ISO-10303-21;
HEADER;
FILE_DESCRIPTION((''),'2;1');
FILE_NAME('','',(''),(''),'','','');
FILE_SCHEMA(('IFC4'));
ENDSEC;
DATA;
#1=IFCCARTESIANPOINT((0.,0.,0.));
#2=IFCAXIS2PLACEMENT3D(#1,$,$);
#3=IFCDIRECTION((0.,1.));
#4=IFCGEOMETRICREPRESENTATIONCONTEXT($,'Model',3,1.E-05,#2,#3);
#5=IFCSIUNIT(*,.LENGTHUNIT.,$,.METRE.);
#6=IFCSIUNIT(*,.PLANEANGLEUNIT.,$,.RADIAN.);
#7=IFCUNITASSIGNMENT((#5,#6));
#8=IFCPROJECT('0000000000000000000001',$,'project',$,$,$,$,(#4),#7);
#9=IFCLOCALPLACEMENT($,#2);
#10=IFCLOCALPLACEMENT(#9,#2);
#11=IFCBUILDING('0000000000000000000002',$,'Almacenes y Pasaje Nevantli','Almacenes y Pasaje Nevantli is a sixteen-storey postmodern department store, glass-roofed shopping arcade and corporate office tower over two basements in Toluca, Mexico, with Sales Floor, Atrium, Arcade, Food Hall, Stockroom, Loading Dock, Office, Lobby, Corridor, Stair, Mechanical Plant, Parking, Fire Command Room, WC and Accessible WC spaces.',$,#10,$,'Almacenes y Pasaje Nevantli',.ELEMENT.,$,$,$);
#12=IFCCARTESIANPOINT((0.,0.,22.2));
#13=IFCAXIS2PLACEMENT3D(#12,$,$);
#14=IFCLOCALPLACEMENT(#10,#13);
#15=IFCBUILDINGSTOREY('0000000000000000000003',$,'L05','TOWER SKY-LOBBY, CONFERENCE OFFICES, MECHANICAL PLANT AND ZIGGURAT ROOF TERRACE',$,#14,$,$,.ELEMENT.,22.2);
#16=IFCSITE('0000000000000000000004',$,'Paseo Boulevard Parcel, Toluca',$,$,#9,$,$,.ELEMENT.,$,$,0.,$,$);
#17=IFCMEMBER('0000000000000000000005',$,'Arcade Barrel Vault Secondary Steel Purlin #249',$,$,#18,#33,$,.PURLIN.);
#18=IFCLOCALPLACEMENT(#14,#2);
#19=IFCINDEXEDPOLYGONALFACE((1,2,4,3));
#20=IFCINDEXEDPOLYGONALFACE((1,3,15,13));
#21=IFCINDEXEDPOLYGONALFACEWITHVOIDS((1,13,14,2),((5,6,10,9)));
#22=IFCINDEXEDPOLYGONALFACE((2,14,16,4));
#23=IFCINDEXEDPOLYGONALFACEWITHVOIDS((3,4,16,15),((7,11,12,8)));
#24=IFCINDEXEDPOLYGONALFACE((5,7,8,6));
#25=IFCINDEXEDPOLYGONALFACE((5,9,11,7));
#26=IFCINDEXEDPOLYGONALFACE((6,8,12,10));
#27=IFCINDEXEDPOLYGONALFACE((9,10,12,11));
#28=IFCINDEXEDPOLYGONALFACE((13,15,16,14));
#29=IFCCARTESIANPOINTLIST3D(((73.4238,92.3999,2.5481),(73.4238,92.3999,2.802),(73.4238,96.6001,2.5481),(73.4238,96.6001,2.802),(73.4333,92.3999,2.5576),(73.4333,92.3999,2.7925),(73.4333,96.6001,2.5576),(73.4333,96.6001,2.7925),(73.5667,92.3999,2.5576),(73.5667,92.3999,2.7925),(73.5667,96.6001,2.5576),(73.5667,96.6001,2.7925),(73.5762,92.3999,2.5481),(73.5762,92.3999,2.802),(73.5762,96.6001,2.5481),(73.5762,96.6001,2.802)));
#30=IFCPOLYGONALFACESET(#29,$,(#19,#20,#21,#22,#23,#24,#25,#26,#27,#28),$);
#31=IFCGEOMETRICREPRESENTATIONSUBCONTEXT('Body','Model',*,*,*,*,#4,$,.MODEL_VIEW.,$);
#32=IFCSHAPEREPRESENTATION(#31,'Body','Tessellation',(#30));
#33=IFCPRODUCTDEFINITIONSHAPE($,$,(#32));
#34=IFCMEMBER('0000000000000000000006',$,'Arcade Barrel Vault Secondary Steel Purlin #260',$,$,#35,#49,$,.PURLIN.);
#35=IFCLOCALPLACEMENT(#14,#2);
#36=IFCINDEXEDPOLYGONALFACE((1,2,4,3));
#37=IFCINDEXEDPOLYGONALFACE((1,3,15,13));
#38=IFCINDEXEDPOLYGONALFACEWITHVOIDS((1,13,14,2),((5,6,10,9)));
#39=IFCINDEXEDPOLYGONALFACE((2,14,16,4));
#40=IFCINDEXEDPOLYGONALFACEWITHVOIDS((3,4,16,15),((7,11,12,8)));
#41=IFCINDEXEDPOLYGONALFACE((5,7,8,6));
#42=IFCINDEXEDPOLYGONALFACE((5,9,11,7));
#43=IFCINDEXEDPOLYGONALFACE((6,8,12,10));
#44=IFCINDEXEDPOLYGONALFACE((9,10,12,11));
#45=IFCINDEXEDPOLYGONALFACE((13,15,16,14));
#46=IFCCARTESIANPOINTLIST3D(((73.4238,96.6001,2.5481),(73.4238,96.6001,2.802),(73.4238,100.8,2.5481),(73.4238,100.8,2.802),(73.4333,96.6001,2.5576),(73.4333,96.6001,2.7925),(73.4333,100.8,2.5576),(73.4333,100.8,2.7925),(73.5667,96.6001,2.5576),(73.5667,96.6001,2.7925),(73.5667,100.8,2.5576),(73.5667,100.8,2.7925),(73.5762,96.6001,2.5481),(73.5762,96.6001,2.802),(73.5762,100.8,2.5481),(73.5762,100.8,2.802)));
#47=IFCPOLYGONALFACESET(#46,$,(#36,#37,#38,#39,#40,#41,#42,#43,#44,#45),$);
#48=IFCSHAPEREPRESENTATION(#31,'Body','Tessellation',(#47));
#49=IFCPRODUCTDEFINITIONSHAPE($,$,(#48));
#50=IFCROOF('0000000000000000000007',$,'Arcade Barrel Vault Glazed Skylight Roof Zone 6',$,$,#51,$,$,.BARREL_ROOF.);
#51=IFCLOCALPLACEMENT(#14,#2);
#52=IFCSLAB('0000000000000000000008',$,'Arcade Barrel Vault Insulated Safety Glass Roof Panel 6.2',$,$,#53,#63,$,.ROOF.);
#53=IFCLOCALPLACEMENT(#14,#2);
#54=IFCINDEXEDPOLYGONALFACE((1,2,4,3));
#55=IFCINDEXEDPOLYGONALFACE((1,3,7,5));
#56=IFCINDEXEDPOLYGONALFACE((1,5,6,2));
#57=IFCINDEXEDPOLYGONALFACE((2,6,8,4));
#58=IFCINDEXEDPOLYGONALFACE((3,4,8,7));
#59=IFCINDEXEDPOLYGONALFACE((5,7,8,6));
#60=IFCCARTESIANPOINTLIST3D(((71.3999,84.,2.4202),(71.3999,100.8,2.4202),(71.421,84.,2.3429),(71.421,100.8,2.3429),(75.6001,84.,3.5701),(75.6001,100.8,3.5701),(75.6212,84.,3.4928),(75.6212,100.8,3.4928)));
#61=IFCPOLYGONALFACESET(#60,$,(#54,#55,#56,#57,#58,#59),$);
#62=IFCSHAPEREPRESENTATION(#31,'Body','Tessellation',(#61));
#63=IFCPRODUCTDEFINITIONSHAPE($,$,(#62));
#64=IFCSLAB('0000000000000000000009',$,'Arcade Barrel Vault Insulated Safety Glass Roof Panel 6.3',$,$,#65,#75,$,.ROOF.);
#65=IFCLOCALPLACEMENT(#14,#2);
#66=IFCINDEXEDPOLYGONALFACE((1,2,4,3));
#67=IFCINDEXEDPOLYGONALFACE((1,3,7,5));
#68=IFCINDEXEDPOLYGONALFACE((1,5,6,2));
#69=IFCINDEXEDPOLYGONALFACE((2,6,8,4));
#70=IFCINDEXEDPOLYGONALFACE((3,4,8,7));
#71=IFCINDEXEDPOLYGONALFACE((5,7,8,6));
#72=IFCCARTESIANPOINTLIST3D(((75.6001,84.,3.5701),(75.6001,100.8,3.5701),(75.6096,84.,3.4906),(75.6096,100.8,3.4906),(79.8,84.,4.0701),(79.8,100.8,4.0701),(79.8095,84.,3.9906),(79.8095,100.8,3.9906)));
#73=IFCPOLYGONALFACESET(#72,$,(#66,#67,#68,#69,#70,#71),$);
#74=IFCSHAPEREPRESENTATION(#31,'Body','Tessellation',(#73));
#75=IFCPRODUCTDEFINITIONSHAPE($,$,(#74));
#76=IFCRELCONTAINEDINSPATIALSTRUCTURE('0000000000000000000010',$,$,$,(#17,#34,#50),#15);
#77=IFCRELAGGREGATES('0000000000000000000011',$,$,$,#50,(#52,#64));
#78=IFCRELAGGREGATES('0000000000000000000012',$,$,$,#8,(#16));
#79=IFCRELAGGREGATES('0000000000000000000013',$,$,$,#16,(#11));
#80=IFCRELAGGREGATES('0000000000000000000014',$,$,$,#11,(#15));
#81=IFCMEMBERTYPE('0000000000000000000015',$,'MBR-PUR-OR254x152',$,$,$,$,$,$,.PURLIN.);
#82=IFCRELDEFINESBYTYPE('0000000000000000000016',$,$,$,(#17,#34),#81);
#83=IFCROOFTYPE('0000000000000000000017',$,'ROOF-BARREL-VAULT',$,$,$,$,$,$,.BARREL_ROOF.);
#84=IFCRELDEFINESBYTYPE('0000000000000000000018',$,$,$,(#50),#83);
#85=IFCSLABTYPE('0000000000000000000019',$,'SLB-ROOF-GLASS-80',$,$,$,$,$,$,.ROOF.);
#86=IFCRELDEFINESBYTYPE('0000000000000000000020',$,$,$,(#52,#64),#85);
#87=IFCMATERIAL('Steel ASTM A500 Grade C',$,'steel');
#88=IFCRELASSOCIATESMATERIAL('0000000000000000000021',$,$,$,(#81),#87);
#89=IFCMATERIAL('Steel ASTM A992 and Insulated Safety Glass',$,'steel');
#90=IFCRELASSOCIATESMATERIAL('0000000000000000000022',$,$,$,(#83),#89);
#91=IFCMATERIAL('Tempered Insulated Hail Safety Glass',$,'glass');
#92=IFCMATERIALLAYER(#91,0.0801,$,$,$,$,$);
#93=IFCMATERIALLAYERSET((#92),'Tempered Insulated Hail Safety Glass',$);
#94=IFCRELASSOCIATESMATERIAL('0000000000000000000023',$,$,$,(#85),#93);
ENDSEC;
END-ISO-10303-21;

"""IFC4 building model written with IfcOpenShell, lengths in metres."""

from ifc_helpers import new_model, si_unit, direction, frame, origin, origin_2d, place, context, subcontext, project, spatial, polyline, hollow_rectangle, outline, extrude, material, layer, layer_set, material_profile, profile_set, type_object, element, aggregate, save


model = new_model("IFC4")

# Units and contexts
model_context = context("Model", 3, precision=1e-05, world=origin(), true_north=direction((0.0, 1.0)))
body_context = subcontext(model_context, "Body", "Model", "MODEL_VIEW")
ifc_project = project(units=[si_unit("LENGTHUNIT", "METRE"), si_unit("PLANEANGLEUNIT", "RADIAN")], contexts=[model_context])

# Site, building, storey
site_placement = place(None, origin())
site = spatial("IfcSite", under=ifc_project, at=site_placement, Name="Paseo Boulevard Parcel, Toluca", CompositionType="ELEMENT", RefElevation=0.0)
building_placement = place(site_placement, origin())
building = spatial("IfcBuilding", under=site, at=building_placement, Name="Almacenes y Pasaje Nevantli", Description="Almacenes y Pasaje Nevantli is a sixteen-storey postmodern department store, glass-roofed shopping arcade and corporate office tower over two basements in Toluca, Mexico, with Sales Floor, Atrium, Arcade, Food Hall, Stockroom, Loading Dock, Office, Lobby, Corridor, Stair, Mechanical Plant, Parking, Fire Command Room, WC and Accessible WC spaces.", LongName="Almacenes y Pasaje Nevantli", CompositionType="ELEMENT")
storey_placement = place(building_placement, frame((0.0, 0.0, 22.2)))
storey = spatial("IfcBuildingStorey", under=building, at=storey_placement, Name="L05", Description="TOWER SKY-LOBBY, CONFERENCE OFFICES, MECHANICAL PLANT AND ZIGGURAT ROOF TERRACE", CompositionType="ELEMENT", Elevation=22.2)

# Members
ifc_material_1 = material(Name="Steel ASTM A500 Grade C", Category="steel")
ifc_material_profile_1 = material_profile(ifc_material_1, hollow_rectangle(XDim=0.1523, YDim=0.2539, WallThickness=0.0095, at=origin_2d()), Name="OR 254x152x9.5")
ifc_profile_set_1 = profile_set([ifc_material_profile_1], Name="Steel ASTM A500 Grade C")
member_type_1 = type_object("IfcMemberType", Name="MBR-PUR-OR254x152", PredefinedType="PURLIN", material=ifc_profile_set_1)
member_1_placement = place(storey_placement, frame((73.5, 92.3999, 2.675), z_axis=(0.0, 1.0, 0.0), x_axis=(-1.0, 0.0, 0.0)))
element("IfcMember", 1, at=member_1_placement, inside=storey, type_object=member_type_1, Name="Arcade Barrel Vault Secondary Steel Purlin #249", PredefinedType="PURLIN", context=body_context, shape_type="SweptSolid", body=[
    extrude(hollow_rectangle(XDim=0.1523, YDim=0.2539, WallThickness=0.0095, at=origin_2d()), origin(), (0.0, 0.0, 1.0), 4.2002),
])
member_2_placement = place(storey_placement, frame((73.5, 96.6001, 2.675), z_axis=(0.0, 1.0, 0.0), x_axis=(-1.0, 0.0, 0.0)))
element("IfcMember", 2, at=member_2_placement, inside=storey, type_object=member_type_1, Name="Arcade Barrel Vault Secondary Steel Purlin #260", PredefinedType="PURLIN", context=body_context, shape_type="SweptSolid", body=[
    extrude(hollow_rectangle(XDim=0.1523, YDim=0.2539, WallThickness=0.0095, at=origin_2d()), origin(), (0.0, 0.0, 1.0), 4.2),
])

# Roof, slabs
ifc_material_2 = material(Name="Steel ASTM A992 and Insulated Safety Glass", Category="steel")
roof_type = type_object("IfcRoofType", Name="ROOF-BARREL-VAULT", PredefinedType="BARREL_ROOF", material=ifc_material_2)
roof_placement = place(storey_placement, origin())
roof = element("IfcRoof", 3, at=roof_placement, inside=storey, type_object=roof_type, Name="Arcade Barrel Vault Glazed Skylight Roof Zone 6", PredefinedType="BARREL_ROOF")
ifc_material_3 = material(Name="Tempered Insulated Hail Safety Glass", Category="glass")
ifc_layer = layer(ifc_material_3, 0.0801)
ifc_layer_set = layer_set([ifc_layer], Name="Tempered Insulated Hail Safety Glass")
slab_type = type_object("IfcSlabType", Name="SLB-ROOF-GLASS-80", PredefinedType="ROOF", material=ifc_layer_set)
slab_1_placement = place(storey_placement, frame((71.3999, 84.0, 2.4202), z_axis=(-0.264057, 0.0, 0.964507), x_axis=(0.964507, 0.0, 0.264057)))
slab_1 = element("IfcSlab", 4, at=slab_1_placement, type_object=slab_type, Name="Arcade Barrel Vault Insulated Safety Glass Roof Panel 6.2", PredefinedType="ROOF", context=body_context, shape_type="SweptSolid", body=[
    extrude(outline(polyline([(0.0, 0.0), (4.3548, 0.0), (4.3548, 16.8), (0.0, 16.8), (0.0, 0.0)])), origin(), (0.0, 0.0, -1.0), 0.0801),
])
slab_2_placement = place(storey_placement, frame((75.6001, 84.0, 3.5701), z_axis=(-0.118214, 0.0, 0.992988), x_axis=(0.992988, 0.0, 0.118214)))
slab_2 = element("IfcSlab", 5, at=slab_2_placement, type_object=slab_type, Name="Arcade Barrel Vault Insulated Safety Glass Roof Panel 6.3", PredefinedType="ROOF", context=body_context, shape_type="SweptSolid", body=[
    extrude(outline(polyline([(0.0, 0.0), (4.2296, 0.0), (4.2296, 16.8), (0.0, 16.8), (0.0, 0.0)])), origin(), (0.0, 0.0, -1.0), 0.0801),
])
aggregate(roof, [slab_1, slab_2])

save(model, "model.ifc")
